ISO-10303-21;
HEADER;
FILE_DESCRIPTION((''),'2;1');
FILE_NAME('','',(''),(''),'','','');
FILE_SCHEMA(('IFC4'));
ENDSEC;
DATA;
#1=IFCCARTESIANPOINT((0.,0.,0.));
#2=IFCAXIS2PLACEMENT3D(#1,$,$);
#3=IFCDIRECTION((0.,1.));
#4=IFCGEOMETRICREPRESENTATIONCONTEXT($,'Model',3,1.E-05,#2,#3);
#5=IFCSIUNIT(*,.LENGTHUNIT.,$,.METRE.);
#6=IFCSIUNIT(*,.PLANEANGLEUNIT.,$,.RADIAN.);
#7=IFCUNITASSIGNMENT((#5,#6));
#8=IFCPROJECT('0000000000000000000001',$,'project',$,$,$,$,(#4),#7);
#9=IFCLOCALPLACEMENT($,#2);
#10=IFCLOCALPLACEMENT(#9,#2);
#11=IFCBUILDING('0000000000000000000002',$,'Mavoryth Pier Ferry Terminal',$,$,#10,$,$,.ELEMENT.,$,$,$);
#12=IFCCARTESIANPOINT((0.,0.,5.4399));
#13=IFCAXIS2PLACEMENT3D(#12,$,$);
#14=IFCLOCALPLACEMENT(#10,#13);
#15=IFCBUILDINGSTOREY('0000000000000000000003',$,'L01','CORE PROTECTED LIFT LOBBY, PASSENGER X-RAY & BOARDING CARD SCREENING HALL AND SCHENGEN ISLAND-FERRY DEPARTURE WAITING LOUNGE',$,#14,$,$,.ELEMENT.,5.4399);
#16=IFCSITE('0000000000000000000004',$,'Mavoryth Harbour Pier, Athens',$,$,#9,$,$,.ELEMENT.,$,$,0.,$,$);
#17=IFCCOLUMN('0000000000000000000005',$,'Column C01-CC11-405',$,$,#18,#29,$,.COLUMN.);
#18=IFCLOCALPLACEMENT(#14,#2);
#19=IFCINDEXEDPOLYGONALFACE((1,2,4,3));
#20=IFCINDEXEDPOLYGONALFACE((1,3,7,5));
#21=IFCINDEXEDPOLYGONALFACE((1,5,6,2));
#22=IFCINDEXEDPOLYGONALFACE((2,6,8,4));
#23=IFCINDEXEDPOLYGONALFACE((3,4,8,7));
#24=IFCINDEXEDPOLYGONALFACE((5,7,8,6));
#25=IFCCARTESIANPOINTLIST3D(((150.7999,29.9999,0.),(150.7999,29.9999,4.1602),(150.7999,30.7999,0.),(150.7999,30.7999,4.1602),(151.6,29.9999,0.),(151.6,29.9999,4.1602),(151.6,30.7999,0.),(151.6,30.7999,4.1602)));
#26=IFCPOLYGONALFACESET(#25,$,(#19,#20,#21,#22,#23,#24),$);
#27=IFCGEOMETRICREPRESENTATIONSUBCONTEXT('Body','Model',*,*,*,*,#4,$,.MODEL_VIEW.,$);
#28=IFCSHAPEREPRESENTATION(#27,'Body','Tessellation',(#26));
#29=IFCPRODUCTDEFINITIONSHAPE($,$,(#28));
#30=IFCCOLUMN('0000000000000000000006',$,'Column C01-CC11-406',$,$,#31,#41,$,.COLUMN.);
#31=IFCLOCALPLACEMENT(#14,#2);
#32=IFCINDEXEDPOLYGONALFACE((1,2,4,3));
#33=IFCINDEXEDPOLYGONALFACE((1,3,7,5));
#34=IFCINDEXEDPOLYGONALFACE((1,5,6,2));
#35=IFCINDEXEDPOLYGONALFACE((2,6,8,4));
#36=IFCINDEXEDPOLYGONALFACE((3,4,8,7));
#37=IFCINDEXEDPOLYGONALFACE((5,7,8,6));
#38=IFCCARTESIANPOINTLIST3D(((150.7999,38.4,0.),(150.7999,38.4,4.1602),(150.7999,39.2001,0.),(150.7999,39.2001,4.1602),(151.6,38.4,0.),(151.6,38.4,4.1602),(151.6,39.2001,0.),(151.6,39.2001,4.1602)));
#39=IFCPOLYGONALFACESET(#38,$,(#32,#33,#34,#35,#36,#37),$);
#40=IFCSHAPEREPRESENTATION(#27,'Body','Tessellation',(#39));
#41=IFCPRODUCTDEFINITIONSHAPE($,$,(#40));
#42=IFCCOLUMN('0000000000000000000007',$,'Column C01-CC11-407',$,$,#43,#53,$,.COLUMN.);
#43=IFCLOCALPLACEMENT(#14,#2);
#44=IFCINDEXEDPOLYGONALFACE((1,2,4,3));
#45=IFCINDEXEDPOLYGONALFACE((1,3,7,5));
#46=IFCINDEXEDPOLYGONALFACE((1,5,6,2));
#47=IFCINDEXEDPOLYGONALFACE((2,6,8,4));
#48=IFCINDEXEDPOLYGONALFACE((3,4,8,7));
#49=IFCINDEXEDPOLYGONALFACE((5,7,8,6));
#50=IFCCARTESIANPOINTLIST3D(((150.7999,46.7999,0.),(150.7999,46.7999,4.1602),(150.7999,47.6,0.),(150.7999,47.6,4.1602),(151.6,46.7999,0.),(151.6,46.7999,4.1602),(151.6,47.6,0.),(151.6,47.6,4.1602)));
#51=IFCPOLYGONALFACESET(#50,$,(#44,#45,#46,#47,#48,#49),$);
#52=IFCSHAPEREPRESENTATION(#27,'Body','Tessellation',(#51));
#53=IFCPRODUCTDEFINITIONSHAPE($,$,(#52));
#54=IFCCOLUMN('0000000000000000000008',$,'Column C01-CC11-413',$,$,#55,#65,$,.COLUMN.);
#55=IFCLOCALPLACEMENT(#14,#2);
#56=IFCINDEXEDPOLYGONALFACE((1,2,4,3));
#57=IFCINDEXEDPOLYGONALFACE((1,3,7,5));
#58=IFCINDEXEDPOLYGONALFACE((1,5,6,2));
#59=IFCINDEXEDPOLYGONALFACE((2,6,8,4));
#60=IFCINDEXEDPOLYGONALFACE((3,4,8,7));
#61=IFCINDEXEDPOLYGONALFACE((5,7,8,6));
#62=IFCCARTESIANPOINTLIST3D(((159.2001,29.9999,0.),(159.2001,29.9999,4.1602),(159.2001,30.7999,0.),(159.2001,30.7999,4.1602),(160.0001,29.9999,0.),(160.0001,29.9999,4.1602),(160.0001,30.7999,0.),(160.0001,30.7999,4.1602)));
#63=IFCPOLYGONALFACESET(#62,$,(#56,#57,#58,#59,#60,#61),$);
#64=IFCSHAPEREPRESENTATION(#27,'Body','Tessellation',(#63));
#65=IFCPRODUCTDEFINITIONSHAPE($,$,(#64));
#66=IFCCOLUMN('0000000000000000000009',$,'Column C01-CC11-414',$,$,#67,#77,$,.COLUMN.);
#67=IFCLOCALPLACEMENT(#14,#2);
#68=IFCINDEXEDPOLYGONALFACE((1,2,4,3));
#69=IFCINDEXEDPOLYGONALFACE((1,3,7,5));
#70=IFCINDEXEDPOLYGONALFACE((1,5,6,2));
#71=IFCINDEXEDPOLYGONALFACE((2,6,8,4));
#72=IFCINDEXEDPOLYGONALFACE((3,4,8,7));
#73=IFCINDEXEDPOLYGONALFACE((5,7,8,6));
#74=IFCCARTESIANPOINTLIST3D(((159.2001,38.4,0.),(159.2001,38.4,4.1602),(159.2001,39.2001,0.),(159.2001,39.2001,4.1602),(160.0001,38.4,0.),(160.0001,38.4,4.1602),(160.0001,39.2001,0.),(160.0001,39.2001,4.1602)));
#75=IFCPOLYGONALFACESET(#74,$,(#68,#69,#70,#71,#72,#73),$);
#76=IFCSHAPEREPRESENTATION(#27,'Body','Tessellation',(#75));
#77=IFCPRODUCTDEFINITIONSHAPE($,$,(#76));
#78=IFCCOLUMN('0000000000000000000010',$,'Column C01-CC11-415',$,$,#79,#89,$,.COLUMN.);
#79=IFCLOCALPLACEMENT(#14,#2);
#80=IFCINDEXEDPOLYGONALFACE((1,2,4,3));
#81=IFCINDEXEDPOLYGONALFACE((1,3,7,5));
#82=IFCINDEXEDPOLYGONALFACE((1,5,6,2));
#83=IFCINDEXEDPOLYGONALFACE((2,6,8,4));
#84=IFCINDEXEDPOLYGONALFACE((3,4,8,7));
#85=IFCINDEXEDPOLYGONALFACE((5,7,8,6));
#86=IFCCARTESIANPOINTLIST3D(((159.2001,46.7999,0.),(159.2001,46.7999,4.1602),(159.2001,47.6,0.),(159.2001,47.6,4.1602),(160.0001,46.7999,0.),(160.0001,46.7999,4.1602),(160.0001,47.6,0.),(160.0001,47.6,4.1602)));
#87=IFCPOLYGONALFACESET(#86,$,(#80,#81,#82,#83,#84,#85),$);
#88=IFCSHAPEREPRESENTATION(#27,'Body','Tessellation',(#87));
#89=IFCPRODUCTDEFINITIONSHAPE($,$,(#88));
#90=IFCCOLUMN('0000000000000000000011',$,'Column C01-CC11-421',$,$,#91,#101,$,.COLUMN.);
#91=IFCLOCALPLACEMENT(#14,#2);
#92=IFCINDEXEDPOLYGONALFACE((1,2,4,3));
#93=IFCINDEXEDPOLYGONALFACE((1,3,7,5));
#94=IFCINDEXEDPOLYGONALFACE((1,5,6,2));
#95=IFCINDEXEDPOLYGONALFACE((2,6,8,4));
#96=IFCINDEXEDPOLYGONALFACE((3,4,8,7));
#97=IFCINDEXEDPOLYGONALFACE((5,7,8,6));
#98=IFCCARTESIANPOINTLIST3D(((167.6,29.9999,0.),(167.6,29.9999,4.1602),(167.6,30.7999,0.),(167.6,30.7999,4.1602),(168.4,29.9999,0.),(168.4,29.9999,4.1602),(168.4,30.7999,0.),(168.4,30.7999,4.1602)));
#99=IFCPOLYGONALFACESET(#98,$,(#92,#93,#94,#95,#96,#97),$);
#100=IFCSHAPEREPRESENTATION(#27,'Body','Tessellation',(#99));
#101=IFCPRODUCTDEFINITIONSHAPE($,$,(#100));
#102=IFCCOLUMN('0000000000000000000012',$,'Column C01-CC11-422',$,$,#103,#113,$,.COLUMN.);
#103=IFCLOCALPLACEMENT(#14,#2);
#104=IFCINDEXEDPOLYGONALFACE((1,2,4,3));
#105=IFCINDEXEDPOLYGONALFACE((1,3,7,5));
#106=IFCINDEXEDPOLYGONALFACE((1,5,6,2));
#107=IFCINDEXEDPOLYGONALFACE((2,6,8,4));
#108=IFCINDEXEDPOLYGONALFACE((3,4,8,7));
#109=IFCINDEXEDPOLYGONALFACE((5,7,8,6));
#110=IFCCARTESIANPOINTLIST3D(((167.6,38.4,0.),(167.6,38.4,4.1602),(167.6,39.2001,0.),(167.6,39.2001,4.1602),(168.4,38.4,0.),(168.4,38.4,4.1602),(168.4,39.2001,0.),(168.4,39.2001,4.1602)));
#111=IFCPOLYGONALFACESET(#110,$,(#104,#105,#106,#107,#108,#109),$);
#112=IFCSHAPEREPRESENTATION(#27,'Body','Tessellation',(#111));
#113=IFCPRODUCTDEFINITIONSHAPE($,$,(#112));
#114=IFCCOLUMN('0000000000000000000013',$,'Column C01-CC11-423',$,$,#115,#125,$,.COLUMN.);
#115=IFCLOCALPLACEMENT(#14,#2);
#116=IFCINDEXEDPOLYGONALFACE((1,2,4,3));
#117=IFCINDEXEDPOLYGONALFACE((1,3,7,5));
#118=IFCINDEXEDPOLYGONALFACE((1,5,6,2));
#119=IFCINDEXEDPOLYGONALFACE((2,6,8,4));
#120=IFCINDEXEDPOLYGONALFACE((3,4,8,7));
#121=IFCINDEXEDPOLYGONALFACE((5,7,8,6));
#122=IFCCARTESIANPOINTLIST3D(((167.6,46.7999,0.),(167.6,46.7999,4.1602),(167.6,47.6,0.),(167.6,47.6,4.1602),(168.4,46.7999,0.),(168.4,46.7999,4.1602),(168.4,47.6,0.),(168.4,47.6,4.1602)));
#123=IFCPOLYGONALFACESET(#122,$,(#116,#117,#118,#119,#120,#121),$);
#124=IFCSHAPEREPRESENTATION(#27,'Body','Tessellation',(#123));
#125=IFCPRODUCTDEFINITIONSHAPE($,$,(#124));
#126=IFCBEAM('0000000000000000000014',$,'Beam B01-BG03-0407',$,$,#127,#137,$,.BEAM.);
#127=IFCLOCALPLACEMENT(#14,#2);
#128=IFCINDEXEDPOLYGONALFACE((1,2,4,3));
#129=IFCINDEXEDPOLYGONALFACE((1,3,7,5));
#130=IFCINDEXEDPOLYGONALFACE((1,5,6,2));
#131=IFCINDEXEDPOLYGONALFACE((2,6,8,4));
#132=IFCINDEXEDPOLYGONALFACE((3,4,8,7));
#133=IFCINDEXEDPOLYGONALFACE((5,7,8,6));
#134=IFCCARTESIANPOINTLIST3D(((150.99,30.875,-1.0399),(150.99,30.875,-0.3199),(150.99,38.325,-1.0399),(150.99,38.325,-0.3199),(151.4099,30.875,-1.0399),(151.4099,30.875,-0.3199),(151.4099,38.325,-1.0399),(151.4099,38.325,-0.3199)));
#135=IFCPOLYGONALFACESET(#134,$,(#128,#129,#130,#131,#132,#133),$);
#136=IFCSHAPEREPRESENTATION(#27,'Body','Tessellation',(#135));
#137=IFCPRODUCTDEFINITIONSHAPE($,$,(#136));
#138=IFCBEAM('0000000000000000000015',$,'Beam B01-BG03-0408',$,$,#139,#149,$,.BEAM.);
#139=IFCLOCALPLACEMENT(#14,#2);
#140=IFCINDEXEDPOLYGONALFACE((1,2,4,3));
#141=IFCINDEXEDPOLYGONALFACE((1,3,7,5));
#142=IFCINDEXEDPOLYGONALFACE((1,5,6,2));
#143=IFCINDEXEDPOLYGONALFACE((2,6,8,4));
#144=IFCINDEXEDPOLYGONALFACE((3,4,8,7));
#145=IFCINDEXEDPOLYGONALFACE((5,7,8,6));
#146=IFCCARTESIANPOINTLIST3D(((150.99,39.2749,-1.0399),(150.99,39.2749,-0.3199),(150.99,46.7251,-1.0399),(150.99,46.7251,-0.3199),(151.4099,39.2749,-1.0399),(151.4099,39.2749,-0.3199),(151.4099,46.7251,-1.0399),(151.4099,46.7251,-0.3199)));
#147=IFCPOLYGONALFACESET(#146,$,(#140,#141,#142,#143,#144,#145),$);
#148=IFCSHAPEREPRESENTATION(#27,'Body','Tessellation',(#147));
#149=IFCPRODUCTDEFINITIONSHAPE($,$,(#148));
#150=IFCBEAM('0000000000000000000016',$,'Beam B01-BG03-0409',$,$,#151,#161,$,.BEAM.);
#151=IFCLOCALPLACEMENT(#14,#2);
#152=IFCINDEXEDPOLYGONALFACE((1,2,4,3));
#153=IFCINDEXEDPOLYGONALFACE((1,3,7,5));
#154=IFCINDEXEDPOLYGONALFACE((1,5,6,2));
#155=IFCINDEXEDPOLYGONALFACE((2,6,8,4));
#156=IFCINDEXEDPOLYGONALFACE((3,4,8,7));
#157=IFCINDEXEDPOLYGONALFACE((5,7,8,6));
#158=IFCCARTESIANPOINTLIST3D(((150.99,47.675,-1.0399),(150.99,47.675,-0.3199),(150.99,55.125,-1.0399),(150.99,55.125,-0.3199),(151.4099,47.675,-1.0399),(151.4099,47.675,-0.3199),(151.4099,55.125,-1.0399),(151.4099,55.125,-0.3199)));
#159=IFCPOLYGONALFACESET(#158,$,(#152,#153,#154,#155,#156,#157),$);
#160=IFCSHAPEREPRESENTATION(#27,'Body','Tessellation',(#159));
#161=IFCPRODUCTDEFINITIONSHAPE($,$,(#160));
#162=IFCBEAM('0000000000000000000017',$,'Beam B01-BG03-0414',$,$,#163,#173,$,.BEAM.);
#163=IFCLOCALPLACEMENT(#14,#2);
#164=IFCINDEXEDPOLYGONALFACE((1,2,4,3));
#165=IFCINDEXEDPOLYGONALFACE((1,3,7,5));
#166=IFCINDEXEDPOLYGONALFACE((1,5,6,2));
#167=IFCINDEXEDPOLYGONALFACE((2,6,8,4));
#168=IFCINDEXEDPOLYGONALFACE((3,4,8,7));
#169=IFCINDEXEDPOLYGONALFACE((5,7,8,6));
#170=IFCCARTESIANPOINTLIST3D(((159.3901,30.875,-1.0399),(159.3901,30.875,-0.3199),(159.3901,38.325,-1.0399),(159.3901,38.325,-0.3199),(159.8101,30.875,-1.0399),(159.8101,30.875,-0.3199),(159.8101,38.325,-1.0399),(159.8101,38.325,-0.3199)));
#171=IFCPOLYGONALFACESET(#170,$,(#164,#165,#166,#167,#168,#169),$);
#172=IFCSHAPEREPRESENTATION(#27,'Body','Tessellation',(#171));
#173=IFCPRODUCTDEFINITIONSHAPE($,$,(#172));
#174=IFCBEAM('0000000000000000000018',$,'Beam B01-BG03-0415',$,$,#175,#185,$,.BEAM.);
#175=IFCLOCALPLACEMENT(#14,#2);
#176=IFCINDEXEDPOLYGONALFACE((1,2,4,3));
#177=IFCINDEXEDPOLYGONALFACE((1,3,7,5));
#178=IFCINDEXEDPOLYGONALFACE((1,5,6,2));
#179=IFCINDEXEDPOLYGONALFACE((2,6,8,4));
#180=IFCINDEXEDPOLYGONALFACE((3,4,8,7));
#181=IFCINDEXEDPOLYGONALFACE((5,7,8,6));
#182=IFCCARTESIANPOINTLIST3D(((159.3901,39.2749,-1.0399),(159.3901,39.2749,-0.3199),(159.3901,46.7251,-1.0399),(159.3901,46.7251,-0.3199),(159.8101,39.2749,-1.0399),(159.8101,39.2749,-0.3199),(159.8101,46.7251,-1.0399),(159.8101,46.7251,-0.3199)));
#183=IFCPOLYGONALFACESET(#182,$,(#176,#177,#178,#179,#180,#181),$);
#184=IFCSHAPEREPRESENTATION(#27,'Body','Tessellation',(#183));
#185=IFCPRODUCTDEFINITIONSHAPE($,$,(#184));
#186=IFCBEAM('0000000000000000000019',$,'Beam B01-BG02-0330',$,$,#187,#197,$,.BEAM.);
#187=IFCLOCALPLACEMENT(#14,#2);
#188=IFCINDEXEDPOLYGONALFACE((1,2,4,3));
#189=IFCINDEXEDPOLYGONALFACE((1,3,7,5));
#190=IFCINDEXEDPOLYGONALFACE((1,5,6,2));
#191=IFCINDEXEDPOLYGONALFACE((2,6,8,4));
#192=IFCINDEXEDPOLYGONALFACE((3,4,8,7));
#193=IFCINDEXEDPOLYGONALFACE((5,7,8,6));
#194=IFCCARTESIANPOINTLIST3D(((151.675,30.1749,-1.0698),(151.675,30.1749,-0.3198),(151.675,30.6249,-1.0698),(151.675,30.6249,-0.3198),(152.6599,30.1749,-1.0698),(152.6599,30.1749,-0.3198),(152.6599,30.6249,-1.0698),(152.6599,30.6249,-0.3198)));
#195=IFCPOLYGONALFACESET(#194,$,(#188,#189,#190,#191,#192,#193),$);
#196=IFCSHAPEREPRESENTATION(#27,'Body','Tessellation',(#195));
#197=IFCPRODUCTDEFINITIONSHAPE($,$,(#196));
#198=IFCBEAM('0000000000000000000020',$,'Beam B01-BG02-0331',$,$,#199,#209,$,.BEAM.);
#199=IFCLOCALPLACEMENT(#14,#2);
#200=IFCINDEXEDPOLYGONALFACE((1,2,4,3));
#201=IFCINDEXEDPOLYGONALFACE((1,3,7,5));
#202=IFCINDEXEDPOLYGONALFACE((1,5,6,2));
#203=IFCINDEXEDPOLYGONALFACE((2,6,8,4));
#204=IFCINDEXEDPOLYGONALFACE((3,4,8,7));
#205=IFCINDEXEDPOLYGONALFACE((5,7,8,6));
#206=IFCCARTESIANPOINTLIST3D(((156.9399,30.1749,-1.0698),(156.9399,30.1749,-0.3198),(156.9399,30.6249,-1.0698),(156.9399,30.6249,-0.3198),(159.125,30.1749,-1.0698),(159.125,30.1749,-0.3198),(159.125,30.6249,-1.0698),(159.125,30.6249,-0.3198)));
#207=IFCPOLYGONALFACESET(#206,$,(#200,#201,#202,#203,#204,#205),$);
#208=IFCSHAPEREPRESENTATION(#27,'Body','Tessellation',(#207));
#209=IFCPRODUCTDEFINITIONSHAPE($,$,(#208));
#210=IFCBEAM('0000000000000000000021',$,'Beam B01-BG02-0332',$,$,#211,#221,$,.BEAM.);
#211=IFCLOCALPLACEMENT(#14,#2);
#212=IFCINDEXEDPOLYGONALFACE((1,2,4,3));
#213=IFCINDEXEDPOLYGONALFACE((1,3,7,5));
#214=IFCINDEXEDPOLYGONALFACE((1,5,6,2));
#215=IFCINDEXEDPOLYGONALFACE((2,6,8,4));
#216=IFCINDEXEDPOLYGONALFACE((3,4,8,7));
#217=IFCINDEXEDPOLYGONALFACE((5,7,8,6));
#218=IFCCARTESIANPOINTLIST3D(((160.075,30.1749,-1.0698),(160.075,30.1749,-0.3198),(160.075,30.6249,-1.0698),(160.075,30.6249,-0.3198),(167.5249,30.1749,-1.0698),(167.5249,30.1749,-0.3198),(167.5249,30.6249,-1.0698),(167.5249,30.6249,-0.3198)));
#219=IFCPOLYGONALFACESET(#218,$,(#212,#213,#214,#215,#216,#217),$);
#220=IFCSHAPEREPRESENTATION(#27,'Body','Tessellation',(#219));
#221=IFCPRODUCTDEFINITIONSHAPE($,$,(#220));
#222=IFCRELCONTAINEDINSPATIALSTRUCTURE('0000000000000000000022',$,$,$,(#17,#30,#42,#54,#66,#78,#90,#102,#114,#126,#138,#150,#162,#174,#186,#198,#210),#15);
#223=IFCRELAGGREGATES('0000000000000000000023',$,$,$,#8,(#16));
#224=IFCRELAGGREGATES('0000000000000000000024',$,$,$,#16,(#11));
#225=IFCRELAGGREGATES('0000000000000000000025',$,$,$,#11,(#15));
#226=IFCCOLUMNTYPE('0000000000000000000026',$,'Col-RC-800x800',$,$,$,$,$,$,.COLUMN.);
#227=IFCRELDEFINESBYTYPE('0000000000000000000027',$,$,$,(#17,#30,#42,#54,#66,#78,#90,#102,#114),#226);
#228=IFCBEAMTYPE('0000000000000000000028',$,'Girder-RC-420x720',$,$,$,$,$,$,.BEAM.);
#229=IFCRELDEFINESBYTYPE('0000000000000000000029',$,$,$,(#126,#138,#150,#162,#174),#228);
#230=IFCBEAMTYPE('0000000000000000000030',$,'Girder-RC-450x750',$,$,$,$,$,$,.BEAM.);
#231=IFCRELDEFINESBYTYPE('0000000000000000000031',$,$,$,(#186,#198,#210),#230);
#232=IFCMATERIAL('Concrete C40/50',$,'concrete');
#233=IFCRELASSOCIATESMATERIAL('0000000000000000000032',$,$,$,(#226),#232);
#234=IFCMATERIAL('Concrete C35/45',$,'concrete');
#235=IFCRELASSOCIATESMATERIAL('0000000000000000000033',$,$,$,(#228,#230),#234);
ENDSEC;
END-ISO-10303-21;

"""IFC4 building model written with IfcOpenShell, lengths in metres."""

from ifc_helpers import new_model, si_unit, direction, frame, origin, origin_2d, place, context, subcontext, project, spatial, rectangle, extrude, material, material_profile, profile_set, type_object, element, save


model = new_model("IFC4")

# Units and contexts
model_context = context("Model", 3, precision=1e-05, world=origin(), true_north=direction((0.0, 1.0)))
body_context = subcontext(model_context, "Body", "Model", "MODEL_VIEW")
ifc_project = project(units=[si_unit("LENGTHUNIT", "METRE"), si_unit("PLANEANGLEUNIT", "RADIAN")], contexts=[model_context])

# Site, building, storey
site_placement = place(None, origin())
site = spatial("IfcSite", under=ifc_project, at=site_placement, Name="Mavoryth Harbour Pier, Athens", CompositionType="ELEMENT", RefElevation=0.0)
building_placement = place(site_placement, origin())
building = spatial("IfcBuilding", under=site, at=building_placement, Name="Mavoryth Pier Ferry Terminal", CompositionType="ELEMENT")
storey_placement = place(building_placement, frame((0.0, 0.0, 5.4399)))
storey = spatial("IfcBuildingStorey", under=building, at=storey_placement, Name="L01", Description="CORE PROTECTED LIFT LOBBY, PASSENGER X-RAY & BOARDING CARD SCREENING HALL AND SCHENGEN ISLAND-FERRY DEPARTURE WAITING LOUNGE", CompositionType="ELEMENT", Elevation=5.4399)

# Columns
ifc_material_1 = material(Name="Concrete C40/50", Category="concrete")
ifc_material_profile_1 = material_profile(ifc_material_1, rectangle(XDim=0.8, YDim=0.8, at=origin_2d()), Name="RC 800x800", Category="concrete")
ifc_profile_set_1 = profile_set([ifc_material_profile_1], Name="Concrete C40/50 - RC 800x800")
column_type = type_object("IfcColumnType", Name="Col-RC-800x800", PredefinedType="COLUMN", material=ifc_profile_set_1)
for number, where, z_axis, x_axis, name in (
    (1, (151.2, 30.3999, 0.0), (0.0, 0.0, 1.0), (1.0, 0.0, 0.0), "Column C01-CC11-405"),
    (2, (151.2, 38.8, 0.0), (0.0, 0.0, 1.0), (1.0, 0.0, 0.0), "Column C01-CC11-406"),
    (3, (151.2, 47.2, 0.0), (0.0, 0.0, 1.0), (1.0, 0.0, 0.0), "Column C01-CC11-407"),
    (4, (159.6001, 30.3999, 0.0), (0.0, 0.0, 1.0), (1.0, 0.0, 0.0), "Column C01-CC11-413"),
    (5, (159.6001, 38.8, 0.0), (0.0, 0.0, 1.0), (1.0, 0.0, 0.0), "Column C01-CC11-414"),
    (6, (159.6001, 47.2, 0.0), (0.0, 0.0, 1.0), (1.0, 0.0, 0.0), "Column C01-CC11-415"),
    (7, (168.0, 30.3999, 0.0), (0.0, 0.0, 1.0), (1.0, 0.0, 0.0), "Column C01-CC11-421"),
    (8, (168.0, 38.8, 0.0), (0.0, 0.0, 1.0), (1.0, 0.0, 0.0), "Column C01-CC11-422"),
    (9, (168.0, 47.2, 0.0), (0.0, 0.0, 1.0), (1.0, 0.0, 0.0), "Column C01-CC11-423"),
):
    element("IfcColumn", number, at=place(storey_placement, frame(where, z_axis=z_axis, x_axis=x_axis)), inside=storey, type_object=column_type, Name=name, PredefinedType="COLUMN", context=body_context, shape_type="SweptSolid", body=[
        extrude(rectangle(XDim=0.8, YDim=0.8, at=origin_2d()), origin(), (0.0, 0.0, 1.0), 4.1602),
    ])

# Beams
ifc_material_2 = material(Name="Concrete C35/45", Category="concrete")
ifc_material_profile_2 = material_profile(ifc_material_2, rectangle(XDim=0.4199, YDim=0.72, at=origin_2d()), Name="RC 420x720", Category="concrete")
ifc_profile_set_2 = profile_set([ifc_material_profile_2], Name="Concrete C35/45 - RC 420x720")
beam_type_1 = type_object("IfcBeamType", Name="Girder-RC-420x720", PredefinedType="BEAM", material=ifc_profile_set_2)
beam_1_placement = place(storey_placement, frame((151.2, 30.875, -0.6799), z_axis=(0.0, 1.0, 0.0), x_axis=(-1.0, 0.0, 0.0)))
element("IfcBeam", 10, at=beam_1_placement, inside=storey, type_object=beam_type_1, Name="Beam B01-BG03-0407", PredefinedType="BEAM", context=body_context, shape_type="SweptSolid", body=[
    extrude(rectangle(XDim=0.4199, YDim=0.72, at=origin_2d()), origin(), (0.0, 0.0, 1.0), 7.45),
])
beam_2_placement = place(storey_placement, frame((151.2, 39.2749, -0.6799), z_axis=(0.0, 1.0, 0.0), x_axis=(-1.0, 0.0, 0.0)))
element("IfcBeam", 11, at=beam_2_placement, inside=storey, type_object=beam_type_1, Name="Beam B01-BG03-0408", PredefinedType="BEAM", context=body_context, shape_type="SweptSolid", body=[
    extrude(rectangle(XDim=0.4199, YDim=0.72, at=origin_2d()), origin(), (0.0, 0.0, 1.0), 7.4502),
])
for number, where, z_axis, x_axis, name in (
    (12, (151.2, 47.675, -0.6799), (0.0, 1.0, 0.0), (-1.0, 0.0, 0.0), "Beam B01-BG03-0409"),
    (13, (159.6001, 30.875, -0.6799), (0.0, 1.0, 0.0), (-1.0, 0.0, 0.0), "Beam B01-BG03-0414"),
):
    element("IfcBeam", number, at=place(storey_placement, frame(where, z_axis=z_axis, x_axis=x_axis)), inside=storey, type_object=beam_type_1, Name=name, PredefinedType="BEAM", context=body_context, shape_type="SweptSolid", body=[
        extrude(rectangle(XDim=0.4199, YDim=0.72, at=origin_2d()), origin(), (0.0, 0.0, 1.0), 7.45),
    ])
beam_3_placement = place(storey_placement, frame((159.6001, 39.2749, -0.6799), z_axis=(0.0, 1.0, 0.0), x_axis=(-1.0, 0.0, 0.0)))
element("IfcBeam", 14, at=beam_3_placement, inside=storey, type_object=beam_type_1, Name="Beam B01-BG03-0415", PredefinedType="BEAM", context=body_context, shape_type="SweptSolid", body=[
    extrude(rectangle(XDim=0.4199, YDim=0.72, at=origin_2d()), origin(), (0.0, 0.0, 1.0), 7.4502),
])
ifc_material_profile_3 = material_profile(ifc_material_2, rectangle(XDim=0.45, YDim=0.75, at=origin_2d()), Name="RC 450x750", Category="concrete")
ifc_profile_set_3 = profile_set([ifc_material_profile_3], Name="Concrete C35/45 - RC 450x750")
beam_type_2 = type_object("IfcBeamType", Name="Girder-RC-450x750", PredefinedType="BEAM", material=ifc_profile_set_3)
beam_4_placement = place(storey_placement, frame((151.675, 30.3999, -0.6948), z_axis=(1.0, 0.0, 0.0), x_axis=(0.0, 1.0, 0.0)))
element("IfcBeam", 15, at=beam_4_placement, inside=storey, type_object=beam_type_2, Name="Beam B01-BG02-0330", PredefinedType="BEAM", context=body_context, shape_type="SweptSolid", body=[
    extrude(rectangle(XDim=0.45, YDim=0.75, at=origin_2d()), origin(), (0.0, 0.0, 1.0), 0.9849),
])
beam_5_placement = place(storey_placement, frame((156.9399, 30.3999, -0.6948), z_axis=(1.0, 0.0, 0.0), x_axis=(0.0, 1.0, 0.0)))
element("IfcBeam", 16, at=beam_5_placement, inside=storey, type_object=beam_type_2, Name="Beam B01-BG02-0331", PredefinedType="BEAM", context=body_context, shape_type="SweptSolid", body=[
    extrude(rectangle(XDim=0.45, YDim=0.75, at=origin_2d()), origin(), (0.0, 0.0, 1.0), 2.1851),
])
beam_6_placement = place(storey_placement, frame((160.075, 30.3999, -0.6948), z_axis=(1.0, 0.0, 0.0), x_axis=(0.0, 1.0, 0.0)))
element("IfcBeam", 17, at=beam_6_placement, inside=storey, type_object=beam_type_2, Name="Beam B01-BG02-0332", PredefinedType="BEAM", context=body_context, shape_type="SweptSolid", body=[
    extrude(rectangle(XDim=0.45, YDim=0.75, at=origin_2d()), origin(), (0.0, 0.0, 1.0), 7.45),
])

save(model, "model.ifc")
